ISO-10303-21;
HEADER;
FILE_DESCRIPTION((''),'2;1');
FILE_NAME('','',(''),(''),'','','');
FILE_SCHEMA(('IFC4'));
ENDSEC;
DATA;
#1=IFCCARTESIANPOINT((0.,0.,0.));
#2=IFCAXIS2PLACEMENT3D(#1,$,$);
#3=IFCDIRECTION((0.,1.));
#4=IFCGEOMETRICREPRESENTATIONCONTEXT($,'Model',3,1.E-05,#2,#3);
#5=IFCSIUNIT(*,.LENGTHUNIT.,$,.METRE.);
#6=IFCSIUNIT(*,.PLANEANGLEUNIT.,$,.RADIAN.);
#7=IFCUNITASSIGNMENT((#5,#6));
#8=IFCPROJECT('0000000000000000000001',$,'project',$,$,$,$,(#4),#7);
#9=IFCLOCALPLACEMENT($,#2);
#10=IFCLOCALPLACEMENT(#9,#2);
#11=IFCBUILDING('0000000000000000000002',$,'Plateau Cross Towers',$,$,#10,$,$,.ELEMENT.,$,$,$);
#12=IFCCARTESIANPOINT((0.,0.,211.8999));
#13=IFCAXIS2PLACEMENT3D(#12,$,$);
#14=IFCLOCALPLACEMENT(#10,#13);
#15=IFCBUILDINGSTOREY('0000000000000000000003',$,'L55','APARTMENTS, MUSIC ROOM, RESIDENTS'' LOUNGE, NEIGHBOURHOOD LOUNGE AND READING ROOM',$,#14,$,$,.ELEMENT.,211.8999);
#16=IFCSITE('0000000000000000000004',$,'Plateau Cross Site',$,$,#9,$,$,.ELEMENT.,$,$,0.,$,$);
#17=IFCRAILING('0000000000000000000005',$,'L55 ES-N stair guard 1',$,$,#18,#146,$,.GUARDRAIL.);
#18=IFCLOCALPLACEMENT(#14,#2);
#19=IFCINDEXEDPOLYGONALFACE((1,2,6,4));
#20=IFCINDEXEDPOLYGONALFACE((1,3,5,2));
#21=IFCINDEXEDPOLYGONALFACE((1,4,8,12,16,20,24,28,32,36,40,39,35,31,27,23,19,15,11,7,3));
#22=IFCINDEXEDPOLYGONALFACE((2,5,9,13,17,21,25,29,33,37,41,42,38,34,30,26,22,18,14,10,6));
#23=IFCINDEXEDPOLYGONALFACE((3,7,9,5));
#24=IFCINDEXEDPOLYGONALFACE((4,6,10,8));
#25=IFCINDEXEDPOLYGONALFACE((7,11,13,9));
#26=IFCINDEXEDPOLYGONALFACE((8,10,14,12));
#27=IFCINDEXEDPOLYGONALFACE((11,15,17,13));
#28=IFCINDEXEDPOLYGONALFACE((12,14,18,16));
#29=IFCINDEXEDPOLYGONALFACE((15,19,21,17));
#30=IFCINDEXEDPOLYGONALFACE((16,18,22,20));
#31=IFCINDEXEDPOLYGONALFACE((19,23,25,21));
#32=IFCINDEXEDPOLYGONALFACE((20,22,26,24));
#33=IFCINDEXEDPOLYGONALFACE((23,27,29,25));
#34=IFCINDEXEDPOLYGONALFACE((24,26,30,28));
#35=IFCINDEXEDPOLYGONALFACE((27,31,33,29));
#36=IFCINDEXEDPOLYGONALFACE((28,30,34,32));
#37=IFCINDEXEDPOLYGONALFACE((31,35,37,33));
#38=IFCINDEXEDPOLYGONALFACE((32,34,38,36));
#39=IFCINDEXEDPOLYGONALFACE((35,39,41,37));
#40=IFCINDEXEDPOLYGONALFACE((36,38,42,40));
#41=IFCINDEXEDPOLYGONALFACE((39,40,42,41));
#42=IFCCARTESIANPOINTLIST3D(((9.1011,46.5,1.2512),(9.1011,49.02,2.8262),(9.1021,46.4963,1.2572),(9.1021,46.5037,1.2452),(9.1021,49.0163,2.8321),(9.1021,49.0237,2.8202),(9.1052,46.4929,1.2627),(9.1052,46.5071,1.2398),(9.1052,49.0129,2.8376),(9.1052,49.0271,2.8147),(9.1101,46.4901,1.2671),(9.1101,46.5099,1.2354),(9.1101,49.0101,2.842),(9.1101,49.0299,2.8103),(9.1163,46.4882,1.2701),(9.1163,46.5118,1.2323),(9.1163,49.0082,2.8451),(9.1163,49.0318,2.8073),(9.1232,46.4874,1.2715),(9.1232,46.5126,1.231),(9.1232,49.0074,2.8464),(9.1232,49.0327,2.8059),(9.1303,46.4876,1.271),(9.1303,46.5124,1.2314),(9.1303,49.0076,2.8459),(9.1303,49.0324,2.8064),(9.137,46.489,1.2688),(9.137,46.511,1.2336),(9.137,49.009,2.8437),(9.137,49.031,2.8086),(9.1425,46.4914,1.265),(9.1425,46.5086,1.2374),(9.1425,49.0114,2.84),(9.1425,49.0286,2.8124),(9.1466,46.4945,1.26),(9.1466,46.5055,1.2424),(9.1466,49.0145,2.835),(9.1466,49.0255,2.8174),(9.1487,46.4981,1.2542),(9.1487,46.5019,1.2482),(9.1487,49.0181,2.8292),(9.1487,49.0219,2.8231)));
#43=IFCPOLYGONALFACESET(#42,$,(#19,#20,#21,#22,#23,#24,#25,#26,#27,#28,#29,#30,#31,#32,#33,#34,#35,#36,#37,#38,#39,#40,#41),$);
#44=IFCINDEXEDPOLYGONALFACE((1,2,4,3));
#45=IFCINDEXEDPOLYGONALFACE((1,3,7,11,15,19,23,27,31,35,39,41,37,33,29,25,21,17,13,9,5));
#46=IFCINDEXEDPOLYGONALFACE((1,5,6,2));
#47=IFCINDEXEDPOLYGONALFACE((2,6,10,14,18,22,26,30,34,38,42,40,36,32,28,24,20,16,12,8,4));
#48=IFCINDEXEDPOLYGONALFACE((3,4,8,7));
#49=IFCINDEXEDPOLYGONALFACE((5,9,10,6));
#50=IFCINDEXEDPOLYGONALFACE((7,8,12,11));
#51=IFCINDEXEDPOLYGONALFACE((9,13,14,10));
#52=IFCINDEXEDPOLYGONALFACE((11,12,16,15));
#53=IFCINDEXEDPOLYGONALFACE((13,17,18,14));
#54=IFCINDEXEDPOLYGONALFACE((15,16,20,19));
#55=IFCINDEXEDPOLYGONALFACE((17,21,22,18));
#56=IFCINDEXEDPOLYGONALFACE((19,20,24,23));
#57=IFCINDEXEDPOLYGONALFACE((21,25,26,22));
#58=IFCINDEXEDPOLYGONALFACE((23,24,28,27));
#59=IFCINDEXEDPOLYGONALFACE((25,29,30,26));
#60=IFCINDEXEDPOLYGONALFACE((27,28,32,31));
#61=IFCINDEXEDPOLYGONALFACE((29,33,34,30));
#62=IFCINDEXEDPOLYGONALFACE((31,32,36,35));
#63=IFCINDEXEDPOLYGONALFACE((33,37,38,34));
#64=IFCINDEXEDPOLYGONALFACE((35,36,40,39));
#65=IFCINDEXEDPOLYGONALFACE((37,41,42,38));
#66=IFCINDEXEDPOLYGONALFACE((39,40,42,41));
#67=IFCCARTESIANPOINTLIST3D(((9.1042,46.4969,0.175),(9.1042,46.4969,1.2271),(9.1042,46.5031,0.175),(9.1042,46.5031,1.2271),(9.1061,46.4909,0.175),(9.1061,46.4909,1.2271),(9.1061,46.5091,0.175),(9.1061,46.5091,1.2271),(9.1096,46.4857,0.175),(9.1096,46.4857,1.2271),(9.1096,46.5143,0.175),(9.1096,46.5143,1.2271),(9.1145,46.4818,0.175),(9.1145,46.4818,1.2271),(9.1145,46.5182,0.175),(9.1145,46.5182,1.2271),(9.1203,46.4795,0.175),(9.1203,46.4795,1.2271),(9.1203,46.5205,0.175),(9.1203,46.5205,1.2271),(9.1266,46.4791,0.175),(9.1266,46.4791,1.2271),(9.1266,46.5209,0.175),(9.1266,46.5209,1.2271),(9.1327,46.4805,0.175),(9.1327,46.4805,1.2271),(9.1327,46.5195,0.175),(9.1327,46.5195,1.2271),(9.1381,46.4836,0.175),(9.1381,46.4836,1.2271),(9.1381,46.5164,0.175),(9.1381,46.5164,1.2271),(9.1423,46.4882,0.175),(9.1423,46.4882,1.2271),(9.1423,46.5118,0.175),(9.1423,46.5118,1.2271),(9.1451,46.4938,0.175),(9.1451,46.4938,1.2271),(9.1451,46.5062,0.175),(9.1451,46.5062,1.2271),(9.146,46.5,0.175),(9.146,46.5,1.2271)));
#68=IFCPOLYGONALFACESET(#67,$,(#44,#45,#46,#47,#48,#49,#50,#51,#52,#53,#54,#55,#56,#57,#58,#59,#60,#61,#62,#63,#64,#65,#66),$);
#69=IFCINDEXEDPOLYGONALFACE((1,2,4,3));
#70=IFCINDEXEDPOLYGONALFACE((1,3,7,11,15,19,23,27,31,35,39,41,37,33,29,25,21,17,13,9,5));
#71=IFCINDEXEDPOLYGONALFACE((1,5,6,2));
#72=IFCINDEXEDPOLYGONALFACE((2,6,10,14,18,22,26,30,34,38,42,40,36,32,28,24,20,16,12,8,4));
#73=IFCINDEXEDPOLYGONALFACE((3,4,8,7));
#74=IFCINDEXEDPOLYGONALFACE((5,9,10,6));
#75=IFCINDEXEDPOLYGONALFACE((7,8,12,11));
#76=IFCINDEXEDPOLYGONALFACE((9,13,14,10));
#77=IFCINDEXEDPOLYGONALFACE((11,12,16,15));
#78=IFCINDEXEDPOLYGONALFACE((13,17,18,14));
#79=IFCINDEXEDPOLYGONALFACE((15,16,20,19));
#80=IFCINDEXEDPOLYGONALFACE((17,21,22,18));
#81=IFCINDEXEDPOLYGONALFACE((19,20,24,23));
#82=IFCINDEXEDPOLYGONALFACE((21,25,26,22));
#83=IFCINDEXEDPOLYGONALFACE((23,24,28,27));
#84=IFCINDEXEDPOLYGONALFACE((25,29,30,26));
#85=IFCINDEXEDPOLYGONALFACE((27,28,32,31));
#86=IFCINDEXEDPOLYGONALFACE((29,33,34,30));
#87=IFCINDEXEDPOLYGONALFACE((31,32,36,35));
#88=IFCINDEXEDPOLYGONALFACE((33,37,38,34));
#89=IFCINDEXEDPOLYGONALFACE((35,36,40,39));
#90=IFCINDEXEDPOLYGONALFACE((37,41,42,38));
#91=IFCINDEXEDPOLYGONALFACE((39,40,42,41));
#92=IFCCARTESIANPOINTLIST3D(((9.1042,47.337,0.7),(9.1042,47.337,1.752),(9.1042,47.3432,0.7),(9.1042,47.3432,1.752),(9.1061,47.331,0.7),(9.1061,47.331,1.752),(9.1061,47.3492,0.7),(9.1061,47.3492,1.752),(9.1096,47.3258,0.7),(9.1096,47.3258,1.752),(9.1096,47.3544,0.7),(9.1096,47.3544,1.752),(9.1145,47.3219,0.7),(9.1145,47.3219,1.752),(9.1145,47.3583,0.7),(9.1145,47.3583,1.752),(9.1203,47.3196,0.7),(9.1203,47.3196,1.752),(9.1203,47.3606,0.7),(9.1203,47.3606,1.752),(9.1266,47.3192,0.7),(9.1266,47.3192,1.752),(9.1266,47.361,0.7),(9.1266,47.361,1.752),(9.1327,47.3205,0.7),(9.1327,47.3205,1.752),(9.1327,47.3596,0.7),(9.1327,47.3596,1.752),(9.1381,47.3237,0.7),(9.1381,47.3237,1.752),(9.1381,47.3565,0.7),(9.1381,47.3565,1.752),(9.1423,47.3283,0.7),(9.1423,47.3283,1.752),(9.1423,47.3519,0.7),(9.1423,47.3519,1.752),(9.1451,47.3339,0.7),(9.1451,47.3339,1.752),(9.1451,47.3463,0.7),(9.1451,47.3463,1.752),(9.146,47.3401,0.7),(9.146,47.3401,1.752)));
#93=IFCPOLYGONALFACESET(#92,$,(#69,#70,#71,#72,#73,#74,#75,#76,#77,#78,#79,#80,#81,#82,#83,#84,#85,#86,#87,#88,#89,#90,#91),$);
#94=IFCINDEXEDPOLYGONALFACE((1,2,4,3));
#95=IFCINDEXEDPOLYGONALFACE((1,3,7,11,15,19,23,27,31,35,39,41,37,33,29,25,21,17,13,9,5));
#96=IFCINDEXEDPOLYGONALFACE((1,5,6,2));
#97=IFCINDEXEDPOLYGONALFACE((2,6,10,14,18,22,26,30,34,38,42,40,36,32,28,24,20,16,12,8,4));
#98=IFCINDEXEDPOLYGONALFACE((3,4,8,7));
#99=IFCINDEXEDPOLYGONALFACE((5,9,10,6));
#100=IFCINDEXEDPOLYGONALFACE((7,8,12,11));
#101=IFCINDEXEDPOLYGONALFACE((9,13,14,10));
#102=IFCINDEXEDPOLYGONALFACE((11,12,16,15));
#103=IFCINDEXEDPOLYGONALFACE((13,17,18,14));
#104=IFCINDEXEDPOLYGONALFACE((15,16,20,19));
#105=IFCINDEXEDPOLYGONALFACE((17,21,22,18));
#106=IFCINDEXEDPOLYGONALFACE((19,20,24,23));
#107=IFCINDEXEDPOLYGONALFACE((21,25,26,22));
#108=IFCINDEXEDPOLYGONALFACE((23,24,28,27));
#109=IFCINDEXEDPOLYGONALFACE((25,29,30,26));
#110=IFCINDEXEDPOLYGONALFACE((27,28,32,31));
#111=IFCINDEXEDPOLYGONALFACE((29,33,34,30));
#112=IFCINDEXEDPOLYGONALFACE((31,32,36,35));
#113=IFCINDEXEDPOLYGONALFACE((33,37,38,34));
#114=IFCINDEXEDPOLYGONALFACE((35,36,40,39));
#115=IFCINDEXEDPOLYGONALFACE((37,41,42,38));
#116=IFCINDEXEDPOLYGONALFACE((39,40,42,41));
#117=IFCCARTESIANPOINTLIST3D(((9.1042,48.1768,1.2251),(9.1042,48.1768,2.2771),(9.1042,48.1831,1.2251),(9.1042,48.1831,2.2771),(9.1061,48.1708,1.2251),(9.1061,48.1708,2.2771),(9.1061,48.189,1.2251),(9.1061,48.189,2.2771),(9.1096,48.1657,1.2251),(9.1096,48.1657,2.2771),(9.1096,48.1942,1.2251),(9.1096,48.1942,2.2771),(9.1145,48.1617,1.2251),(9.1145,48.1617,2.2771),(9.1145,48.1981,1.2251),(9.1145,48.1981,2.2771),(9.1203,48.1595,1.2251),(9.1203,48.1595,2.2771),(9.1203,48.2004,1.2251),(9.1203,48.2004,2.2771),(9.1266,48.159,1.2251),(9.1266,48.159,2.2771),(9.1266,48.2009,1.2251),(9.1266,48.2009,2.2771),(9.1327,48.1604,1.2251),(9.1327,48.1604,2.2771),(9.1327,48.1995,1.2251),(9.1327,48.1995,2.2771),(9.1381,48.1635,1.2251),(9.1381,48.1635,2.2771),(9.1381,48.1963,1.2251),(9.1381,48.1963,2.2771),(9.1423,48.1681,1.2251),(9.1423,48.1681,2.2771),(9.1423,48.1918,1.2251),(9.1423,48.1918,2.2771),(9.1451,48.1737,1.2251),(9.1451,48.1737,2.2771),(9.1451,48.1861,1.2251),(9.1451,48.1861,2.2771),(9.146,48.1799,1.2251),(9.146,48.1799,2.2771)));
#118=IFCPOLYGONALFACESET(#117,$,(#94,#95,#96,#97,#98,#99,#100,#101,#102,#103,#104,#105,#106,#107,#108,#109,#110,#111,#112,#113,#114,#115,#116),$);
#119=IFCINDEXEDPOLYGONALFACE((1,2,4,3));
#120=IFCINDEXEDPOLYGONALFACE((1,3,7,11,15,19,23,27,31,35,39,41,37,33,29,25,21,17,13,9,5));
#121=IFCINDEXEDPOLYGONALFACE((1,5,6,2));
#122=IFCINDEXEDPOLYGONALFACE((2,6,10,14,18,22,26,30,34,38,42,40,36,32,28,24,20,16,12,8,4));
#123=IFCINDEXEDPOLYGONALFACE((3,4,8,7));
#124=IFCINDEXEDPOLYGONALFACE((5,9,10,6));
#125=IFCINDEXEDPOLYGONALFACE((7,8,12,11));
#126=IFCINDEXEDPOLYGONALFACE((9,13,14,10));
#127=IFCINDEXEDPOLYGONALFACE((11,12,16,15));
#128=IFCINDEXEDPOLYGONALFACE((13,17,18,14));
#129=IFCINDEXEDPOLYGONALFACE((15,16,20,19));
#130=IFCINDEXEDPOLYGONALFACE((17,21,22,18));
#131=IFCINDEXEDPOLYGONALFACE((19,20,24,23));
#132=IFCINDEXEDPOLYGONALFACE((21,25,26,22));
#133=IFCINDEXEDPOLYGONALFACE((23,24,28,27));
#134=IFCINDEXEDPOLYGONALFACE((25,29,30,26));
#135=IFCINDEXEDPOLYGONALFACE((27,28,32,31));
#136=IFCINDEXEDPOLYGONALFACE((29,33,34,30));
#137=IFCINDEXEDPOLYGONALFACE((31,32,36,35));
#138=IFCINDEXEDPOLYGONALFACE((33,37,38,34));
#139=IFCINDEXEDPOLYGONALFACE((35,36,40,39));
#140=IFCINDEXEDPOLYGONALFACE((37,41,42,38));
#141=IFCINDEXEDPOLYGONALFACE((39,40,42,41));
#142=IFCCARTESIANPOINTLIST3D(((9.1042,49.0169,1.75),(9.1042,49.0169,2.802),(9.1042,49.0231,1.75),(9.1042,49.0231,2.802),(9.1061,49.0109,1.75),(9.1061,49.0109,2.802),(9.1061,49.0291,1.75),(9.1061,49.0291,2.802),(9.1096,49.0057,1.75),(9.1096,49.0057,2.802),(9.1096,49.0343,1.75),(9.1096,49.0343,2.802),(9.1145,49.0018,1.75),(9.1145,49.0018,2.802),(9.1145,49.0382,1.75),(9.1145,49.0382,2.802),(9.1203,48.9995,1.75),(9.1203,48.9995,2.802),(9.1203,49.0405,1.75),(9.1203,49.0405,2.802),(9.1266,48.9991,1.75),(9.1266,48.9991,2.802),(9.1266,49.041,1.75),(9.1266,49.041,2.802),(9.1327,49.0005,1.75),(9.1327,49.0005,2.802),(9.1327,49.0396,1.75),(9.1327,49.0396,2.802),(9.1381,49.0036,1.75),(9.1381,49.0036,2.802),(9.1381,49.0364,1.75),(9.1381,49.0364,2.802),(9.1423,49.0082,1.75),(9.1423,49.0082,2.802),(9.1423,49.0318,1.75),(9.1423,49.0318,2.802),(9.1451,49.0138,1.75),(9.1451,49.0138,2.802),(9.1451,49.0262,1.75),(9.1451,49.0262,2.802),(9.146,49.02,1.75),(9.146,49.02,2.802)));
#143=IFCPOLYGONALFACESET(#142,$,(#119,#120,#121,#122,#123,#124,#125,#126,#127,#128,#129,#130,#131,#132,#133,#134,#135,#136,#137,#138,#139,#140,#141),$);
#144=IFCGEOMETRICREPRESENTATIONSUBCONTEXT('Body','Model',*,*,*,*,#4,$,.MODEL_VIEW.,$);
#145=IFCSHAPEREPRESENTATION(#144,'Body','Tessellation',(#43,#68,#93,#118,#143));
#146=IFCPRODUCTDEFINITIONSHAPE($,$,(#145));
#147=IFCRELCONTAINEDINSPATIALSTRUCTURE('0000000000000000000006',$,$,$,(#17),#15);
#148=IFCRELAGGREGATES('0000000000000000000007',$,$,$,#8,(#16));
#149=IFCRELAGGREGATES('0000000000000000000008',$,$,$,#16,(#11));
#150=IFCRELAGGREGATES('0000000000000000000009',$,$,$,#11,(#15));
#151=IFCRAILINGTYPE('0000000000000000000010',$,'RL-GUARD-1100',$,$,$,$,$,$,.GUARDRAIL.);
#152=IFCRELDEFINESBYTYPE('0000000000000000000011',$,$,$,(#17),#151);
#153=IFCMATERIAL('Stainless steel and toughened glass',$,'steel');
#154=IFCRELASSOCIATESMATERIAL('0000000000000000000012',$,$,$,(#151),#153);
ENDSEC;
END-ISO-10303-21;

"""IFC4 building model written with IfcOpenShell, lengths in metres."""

from ifc_helpers import new_model, si_unit, direction, frame, origin, origin_2d, place, context, subcontext, project, spatial, circle, extrude, material, type_object, element, save


model = new_model("IFC4")

# Units and contexts
model_context = context("Model", 3, precision=1e-05, world=origin(), true_north=direction((0.0, 1.0)))
body_context = subcontext(model_context, "Body", "Model", "MODEL_VIEW")
ifc_project = project(units=[si_unit("LENGTHUNIT", "METRE"), si_unit("PLANEANGLEUNIT", "RADIAN")], contexts=[model_context])

# Site, building, storey
site_placement = place(None, origin())
site = spatial("IfcSite", under=ifc_project, at=site_placement, Name="Plateau Cross Site", CompositionType="ELEMENT", RefElevation=0.0)
building_placement = place(site_placement, origin())
building = spatial("IfcBuilding", under=site, at=building_placement, Name="Plateau Cross Towers", CompositionType="ELEMENT")
storey_placement = place(building_placement, frame((0.0, 0.0, 211.8999)))
storey = spatial("IfcBuildingStorey", under=building, at=storey_placement, Name="L55", Description="APARTMENTS, MUSIC ROOM, RESIDENTS' LOUNGE, NEIGHBOURHOOD LOUNGE AND READING ROOM", CompositionType="ELEMENT", Elevation=211.8999)

# Railing
ifc_material_1 = material(Name="Stainless steel and toughened glass", Category="steel")
railing_type_1 = type_object("IfcRailingType", Name="RL-GUARD-1100", PredefinedType="GUARDRAIL", material=ifc_material_1)
railing_1_placement = place(storey_placement, frame((9.125, 46.5, 0.175)))
element("IfcRailing", 1, at=railing_1_placement, inside=storey, type_object=railing_type_1, Name="L55 ES-N stair guard 1", PredefinedType="GUARDRAIL", context=body_context, shape_type="SweptSolid", body=[
    extrude(circle(Radius=0.0239, at=origin_2d()), frame((0.0, 0.0, 1.0762), z_axis=(0.0, 0.848008, 0.529984), x_axis=(-1.0, 0.0, 0.0)), (0.0, 0.0, 1.0), 2.9717),
    extrude(circle(Radius=0.021, at=origin_2d()), origin(), (0.0, 0.0, 1.0), 1.052),
    extrude(circle(Radius=0.021, at=origin_2d()), frame((0.0, 0.8401, 0.5249)), (0.0, 0.0, 1.0), 1.052),
    extrude(circle(Radius=0.021, at=origin_2d()), frame((0.0, 1.6799, 1.05)), (0.0, 0.0, 1.0), 1.052),
    extrude(circle(Radius=0.021, at=origin_2d()), frame((0.0, 2.52, 1.575)), (0.0, 0.0, 1.0), 1.052),
])

save(model, "model.ifc")
